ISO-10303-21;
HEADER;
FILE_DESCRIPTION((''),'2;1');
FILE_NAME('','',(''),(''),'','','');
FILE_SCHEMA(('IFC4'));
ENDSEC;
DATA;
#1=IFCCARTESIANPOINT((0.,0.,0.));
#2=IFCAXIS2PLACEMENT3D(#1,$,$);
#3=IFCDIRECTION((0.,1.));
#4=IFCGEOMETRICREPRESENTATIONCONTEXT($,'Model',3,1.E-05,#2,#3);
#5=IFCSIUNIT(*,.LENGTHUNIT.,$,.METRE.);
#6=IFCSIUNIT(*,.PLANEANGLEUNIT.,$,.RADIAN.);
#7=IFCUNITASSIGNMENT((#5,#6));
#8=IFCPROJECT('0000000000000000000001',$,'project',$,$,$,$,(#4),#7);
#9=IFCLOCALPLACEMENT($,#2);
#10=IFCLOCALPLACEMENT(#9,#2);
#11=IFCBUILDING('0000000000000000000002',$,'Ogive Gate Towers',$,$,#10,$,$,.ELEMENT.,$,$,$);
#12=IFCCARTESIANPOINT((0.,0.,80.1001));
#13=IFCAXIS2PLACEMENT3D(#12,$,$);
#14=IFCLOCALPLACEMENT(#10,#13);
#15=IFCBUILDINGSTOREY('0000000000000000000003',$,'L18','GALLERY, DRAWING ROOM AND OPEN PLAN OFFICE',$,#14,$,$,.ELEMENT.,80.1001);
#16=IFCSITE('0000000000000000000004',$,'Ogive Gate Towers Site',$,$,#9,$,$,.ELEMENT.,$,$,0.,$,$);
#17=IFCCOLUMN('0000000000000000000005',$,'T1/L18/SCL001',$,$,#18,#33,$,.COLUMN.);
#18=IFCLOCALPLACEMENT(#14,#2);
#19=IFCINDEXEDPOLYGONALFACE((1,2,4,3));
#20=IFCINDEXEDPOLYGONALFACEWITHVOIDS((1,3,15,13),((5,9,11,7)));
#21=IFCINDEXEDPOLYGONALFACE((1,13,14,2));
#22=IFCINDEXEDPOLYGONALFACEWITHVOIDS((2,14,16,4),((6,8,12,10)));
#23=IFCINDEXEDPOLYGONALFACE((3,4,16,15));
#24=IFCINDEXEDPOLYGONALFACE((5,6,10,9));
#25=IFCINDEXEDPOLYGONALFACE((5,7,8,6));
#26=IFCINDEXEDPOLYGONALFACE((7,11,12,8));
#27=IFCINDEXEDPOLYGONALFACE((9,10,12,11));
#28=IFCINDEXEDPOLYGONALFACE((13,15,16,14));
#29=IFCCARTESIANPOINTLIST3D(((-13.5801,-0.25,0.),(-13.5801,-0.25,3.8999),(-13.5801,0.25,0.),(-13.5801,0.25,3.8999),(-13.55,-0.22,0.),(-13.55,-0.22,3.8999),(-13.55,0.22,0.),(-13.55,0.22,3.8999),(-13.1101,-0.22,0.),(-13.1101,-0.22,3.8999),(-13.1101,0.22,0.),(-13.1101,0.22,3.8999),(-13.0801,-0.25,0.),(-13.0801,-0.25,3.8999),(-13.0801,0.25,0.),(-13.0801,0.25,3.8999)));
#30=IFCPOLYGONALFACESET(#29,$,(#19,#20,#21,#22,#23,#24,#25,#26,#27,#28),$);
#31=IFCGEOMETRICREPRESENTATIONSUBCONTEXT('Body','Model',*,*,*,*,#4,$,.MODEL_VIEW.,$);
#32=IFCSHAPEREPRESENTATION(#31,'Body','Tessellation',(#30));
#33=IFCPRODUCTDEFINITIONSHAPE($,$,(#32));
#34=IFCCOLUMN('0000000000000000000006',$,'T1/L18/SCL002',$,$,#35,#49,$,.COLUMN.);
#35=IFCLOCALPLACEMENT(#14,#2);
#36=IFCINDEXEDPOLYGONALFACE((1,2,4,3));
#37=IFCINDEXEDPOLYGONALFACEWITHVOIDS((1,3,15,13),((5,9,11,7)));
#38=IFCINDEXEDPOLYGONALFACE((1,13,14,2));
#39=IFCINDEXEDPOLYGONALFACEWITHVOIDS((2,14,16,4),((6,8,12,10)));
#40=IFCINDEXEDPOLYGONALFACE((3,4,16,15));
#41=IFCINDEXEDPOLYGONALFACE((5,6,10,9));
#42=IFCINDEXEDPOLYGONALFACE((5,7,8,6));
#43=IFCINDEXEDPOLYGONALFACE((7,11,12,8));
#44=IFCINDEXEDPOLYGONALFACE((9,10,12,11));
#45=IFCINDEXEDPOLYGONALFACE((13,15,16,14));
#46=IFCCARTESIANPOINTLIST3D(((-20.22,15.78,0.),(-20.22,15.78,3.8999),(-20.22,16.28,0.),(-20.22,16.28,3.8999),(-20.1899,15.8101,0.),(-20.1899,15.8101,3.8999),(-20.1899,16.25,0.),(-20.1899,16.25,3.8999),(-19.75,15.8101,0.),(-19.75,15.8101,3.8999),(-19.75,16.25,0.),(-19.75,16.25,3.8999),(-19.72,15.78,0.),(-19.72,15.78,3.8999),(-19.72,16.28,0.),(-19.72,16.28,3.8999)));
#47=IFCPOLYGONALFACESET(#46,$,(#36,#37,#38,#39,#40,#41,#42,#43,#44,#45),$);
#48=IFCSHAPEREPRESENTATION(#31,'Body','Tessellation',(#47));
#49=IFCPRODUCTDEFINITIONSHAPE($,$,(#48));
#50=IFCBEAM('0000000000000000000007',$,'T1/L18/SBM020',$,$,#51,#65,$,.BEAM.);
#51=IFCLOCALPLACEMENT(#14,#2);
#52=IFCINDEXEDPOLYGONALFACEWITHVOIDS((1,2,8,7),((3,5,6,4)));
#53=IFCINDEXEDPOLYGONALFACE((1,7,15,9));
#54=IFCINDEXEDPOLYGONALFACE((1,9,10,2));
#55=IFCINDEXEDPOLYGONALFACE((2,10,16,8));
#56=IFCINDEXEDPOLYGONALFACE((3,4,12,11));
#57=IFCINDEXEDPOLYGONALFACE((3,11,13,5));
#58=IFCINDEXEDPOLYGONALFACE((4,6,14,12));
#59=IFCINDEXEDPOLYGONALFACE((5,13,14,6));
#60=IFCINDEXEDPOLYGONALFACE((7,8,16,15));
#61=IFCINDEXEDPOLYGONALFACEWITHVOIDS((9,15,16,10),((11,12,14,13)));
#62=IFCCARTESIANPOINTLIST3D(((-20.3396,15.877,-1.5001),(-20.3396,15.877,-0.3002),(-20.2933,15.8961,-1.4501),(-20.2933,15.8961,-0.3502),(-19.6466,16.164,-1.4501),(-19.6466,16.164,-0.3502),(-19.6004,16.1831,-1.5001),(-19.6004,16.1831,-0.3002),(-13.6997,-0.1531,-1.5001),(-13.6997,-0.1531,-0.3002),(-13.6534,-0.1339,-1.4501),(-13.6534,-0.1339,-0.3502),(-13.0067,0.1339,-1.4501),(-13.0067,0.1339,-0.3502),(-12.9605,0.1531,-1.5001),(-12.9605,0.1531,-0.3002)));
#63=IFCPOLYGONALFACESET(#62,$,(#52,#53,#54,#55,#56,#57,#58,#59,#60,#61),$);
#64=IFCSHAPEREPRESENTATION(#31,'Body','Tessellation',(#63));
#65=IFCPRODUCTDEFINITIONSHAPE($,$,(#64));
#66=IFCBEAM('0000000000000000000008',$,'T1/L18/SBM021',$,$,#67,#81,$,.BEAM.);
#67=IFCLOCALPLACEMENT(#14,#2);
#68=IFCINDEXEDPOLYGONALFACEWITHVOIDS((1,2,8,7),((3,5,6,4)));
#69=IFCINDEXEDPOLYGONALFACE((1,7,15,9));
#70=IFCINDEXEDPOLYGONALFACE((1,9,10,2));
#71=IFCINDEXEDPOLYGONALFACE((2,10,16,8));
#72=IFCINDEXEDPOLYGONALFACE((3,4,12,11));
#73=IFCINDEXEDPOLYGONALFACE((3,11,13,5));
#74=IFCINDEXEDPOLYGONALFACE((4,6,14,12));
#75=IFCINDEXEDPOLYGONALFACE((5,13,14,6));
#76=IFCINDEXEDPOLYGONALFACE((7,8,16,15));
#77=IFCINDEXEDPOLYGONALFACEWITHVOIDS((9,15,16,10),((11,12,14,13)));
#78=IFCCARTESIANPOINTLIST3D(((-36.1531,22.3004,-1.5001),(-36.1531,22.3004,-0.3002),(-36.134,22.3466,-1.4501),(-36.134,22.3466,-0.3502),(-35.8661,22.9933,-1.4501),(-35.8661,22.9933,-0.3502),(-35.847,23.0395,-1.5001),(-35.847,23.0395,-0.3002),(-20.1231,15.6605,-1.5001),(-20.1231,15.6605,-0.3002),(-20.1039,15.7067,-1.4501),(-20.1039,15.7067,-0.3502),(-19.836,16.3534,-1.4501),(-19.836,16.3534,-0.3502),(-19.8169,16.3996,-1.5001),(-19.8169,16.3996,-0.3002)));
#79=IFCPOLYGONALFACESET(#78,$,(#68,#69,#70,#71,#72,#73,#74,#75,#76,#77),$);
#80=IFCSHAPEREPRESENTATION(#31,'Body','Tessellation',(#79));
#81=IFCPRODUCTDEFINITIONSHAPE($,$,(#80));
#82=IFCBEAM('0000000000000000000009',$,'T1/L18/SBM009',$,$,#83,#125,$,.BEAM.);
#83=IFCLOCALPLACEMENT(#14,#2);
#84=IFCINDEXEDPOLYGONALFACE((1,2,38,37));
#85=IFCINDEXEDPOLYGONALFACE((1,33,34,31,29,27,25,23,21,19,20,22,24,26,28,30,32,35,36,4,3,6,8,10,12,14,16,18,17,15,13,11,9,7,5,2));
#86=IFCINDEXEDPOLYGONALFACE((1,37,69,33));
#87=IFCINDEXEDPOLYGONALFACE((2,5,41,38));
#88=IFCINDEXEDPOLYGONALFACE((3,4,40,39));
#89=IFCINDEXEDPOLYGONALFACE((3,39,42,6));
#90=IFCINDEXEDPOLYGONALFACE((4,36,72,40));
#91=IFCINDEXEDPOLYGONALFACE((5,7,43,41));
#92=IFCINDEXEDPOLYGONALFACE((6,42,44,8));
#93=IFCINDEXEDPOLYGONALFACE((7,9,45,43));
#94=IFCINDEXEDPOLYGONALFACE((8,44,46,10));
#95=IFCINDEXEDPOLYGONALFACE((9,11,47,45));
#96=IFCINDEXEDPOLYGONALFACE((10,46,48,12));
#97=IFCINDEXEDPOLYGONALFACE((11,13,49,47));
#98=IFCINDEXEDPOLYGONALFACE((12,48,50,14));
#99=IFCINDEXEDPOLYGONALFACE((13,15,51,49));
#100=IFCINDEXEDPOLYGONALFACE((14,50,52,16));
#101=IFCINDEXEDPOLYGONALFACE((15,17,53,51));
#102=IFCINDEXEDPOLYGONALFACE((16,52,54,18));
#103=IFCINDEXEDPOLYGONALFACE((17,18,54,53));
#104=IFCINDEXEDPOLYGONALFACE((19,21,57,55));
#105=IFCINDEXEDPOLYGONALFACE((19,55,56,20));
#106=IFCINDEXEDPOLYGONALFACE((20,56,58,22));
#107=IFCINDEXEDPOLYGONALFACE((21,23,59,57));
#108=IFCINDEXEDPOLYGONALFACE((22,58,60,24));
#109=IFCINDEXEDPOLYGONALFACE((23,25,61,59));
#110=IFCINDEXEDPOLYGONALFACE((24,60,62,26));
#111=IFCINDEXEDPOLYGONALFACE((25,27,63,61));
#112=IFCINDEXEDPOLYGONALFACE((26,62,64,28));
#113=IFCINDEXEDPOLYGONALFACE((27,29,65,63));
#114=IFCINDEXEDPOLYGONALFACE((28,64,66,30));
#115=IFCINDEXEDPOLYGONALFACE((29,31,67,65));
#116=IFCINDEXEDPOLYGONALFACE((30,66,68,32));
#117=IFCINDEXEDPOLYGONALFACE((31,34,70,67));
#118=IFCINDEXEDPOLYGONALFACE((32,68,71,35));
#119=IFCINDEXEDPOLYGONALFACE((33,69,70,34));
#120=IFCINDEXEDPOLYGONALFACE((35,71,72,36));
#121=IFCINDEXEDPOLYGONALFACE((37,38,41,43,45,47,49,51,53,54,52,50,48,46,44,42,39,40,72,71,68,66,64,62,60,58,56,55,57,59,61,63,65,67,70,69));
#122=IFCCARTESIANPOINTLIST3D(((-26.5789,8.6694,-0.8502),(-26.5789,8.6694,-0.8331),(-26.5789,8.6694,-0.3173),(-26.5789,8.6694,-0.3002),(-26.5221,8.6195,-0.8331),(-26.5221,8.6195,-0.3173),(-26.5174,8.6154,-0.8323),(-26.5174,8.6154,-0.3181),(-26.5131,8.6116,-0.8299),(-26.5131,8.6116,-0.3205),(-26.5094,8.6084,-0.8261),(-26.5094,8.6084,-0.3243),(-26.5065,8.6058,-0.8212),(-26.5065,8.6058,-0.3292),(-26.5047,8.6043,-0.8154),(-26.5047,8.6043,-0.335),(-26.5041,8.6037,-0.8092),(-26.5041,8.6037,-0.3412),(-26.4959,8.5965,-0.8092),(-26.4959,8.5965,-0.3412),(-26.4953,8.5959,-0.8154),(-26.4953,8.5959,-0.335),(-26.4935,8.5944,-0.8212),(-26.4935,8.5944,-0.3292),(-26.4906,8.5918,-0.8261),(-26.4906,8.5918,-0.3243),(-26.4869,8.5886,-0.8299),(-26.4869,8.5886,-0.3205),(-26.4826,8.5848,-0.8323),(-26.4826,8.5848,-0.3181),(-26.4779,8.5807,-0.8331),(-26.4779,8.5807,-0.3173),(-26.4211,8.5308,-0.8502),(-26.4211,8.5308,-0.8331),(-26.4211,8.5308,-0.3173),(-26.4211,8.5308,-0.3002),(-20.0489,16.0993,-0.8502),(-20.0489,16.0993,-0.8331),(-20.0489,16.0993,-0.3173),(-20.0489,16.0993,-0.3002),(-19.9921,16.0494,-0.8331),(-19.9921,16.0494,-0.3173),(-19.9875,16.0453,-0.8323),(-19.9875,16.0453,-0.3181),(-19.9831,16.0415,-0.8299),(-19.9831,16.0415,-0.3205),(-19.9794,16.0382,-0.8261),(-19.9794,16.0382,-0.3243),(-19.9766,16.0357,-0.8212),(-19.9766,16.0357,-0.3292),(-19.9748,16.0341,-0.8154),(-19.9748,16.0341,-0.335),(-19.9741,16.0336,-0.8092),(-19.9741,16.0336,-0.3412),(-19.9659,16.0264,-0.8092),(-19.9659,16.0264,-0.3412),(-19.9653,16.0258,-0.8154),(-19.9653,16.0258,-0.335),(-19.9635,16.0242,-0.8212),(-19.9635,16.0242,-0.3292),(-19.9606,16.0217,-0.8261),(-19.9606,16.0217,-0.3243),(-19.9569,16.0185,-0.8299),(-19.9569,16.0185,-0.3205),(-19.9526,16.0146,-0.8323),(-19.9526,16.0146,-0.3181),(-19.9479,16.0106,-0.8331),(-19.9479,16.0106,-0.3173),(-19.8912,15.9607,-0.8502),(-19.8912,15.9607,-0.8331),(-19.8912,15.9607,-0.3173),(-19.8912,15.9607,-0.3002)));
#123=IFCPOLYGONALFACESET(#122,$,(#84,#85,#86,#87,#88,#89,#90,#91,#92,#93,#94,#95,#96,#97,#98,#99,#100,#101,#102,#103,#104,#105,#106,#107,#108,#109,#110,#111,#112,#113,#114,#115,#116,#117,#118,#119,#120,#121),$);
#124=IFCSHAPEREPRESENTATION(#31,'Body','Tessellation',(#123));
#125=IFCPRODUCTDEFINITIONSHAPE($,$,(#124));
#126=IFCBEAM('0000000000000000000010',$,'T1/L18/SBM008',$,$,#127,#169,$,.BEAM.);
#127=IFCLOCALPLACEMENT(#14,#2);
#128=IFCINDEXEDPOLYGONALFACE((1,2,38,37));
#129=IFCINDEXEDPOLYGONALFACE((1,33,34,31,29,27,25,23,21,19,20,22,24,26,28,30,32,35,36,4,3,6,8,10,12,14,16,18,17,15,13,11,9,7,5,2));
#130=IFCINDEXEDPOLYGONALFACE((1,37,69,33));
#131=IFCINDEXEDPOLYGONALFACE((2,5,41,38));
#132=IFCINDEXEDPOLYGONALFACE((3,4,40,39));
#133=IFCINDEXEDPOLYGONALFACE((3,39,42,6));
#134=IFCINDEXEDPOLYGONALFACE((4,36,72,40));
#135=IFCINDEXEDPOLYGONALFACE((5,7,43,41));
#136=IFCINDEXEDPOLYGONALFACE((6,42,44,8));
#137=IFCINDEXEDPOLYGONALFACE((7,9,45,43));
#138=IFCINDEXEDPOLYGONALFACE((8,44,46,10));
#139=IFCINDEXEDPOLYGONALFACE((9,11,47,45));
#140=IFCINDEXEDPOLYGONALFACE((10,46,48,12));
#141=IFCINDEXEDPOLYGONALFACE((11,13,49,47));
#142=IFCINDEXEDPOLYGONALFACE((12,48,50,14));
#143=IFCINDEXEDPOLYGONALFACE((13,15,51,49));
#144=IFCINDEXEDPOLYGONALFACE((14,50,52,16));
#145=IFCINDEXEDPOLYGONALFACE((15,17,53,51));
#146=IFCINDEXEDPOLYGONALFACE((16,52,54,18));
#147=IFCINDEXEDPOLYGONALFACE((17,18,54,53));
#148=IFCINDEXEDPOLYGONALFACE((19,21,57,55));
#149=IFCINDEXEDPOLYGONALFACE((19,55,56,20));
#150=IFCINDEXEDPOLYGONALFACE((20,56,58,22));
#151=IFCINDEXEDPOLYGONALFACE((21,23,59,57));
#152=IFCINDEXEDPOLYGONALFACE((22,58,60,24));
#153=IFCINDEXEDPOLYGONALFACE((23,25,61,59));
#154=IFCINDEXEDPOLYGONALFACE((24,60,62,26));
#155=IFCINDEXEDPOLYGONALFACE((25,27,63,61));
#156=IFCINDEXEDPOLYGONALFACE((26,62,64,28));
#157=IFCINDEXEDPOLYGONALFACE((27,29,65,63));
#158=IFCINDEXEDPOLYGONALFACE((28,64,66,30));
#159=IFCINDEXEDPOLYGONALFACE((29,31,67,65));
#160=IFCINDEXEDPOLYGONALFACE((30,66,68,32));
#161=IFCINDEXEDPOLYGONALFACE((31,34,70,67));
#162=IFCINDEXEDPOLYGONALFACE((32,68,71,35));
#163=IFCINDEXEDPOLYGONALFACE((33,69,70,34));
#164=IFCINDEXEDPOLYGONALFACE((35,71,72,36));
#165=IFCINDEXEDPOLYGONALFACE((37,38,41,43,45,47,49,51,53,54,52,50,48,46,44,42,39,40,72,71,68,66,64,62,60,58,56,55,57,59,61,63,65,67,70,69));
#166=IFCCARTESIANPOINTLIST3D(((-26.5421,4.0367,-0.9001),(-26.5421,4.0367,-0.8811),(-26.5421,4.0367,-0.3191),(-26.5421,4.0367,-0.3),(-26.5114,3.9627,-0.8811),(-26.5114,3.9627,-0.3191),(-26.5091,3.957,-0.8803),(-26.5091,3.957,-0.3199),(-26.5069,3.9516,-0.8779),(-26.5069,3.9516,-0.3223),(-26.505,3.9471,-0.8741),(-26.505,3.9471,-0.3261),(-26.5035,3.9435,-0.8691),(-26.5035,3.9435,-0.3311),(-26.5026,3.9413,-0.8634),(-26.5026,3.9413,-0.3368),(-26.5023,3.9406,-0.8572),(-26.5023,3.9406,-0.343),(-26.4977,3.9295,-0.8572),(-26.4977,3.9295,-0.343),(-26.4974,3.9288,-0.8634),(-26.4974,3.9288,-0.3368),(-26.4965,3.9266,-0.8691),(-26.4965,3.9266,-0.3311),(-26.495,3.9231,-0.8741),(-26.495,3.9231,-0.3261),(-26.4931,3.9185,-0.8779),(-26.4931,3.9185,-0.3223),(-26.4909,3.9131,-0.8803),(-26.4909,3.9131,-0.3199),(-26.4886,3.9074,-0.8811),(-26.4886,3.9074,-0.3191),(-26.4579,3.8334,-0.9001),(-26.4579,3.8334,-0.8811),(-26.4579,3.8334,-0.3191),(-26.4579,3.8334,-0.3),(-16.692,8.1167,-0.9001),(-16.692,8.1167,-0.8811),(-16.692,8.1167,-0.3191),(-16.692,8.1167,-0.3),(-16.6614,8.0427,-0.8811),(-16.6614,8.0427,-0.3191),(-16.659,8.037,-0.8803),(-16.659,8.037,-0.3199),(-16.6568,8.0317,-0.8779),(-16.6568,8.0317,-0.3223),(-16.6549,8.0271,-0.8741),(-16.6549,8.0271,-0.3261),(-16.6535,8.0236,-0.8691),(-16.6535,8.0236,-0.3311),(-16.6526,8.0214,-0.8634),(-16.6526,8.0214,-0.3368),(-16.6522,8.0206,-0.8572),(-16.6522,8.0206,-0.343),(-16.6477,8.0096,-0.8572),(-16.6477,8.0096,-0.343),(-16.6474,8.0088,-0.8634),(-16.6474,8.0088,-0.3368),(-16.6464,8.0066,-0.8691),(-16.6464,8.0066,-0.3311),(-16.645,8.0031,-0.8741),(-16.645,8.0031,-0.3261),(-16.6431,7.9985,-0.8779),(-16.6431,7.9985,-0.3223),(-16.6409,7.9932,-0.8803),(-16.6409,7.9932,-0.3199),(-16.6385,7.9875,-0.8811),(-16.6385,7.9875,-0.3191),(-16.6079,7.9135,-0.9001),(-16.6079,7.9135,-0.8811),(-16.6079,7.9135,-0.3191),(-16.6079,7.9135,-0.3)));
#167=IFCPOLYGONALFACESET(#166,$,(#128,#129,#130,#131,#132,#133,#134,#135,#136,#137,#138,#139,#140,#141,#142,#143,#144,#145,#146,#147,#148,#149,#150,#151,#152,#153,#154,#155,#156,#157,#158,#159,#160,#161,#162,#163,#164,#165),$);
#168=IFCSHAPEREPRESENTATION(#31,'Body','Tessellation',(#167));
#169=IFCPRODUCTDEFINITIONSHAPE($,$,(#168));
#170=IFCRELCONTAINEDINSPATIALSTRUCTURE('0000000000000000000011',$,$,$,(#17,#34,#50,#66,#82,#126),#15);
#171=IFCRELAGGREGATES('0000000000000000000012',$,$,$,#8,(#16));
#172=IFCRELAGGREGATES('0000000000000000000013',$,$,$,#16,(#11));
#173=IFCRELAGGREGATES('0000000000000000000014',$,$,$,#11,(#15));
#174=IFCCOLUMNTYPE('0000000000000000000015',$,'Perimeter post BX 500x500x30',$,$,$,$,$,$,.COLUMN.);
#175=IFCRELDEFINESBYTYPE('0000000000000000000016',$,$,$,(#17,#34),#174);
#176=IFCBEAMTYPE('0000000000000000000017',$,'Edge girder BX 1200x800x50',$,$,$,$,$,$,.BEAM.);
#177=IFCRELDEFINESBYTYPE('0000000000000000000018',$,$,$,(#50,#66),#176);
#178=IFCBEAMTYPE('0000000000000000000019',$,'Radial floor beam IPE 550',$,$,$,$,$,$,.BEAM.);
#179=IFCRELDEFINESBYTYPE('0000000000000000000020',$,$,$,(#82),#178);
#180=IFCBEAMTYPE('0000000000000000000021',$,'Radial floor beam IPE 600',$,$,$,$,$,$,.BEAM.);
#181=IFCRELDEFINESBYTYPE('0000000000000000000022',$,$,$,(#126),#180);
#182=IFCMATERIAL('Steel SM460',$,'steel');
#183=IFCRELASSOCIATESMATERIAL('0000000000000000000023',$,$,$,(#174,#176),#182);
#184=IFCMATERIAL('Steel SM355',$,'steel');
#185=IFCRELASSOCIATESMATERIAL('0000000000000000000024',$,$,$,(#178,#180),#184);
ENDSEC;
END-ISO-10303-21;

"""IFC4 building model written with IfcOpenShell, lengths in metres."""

from ifc_helpers import new_model, si_unit, direction, frame, origin, origin_2d, place, context, subcontext, project, spatial, hollow_rectangle, i_section, extrude, material, material_profile, profile_set, type_object, element, save


model = new_model("IFC4")

# Units and contexts
model_context = context("Model", 3, precision=1e-05, world=origin(), true_north=direction((0.0, 1.0)))
body_context = subcontext(model_context, "Body", "Model", "MODEL_VIEW")
ifc_project = project(units=[si_unit("LENGTHUNIT", "METRE"), si_unit("PLANEANGLEUNIT", "RADIAN")], contexts=[model_context])

# Site, building, storey
site_placement = place(None, origin())
site = spatial("IfcSite", under=ifc_project, at=site_placement, Name="Ogive Gate Towers Site", CompositionType="ELEMENT", RefElevation=0.0)
building_placement = place(site_placement, origin())
building = spatial("IfcBuilding", under=site, at=building_placement, Name="Ogive Gate Towers", CompositionType="ELEMENT")
storey_placement = place(building_placement, frame((0.0, 0.0, 80.1001)))
storey = spatial("IfcBuildingStorey", under=building, at=storey_placement, Name="L18", Description="GALLERY, DRAWING ROOM AND OPEN PLAN OFFICE", CompositionType="ELEMENT", Elevation=80.1001)

# Columns
ifc_material_1 = material(Name="Steel SM460", Category="steel")
ifc_material_profile_1 = material_profile(ifc_material_1, hollow_rectangle(XDim=0.5, YDim=0.5, WallThickness=0.03, at=origin_2d()), Name="BX 500x500x30")
ifc_profile_set_1 = profile_set([ifc_material_profile_1], Name="Steel SM460")
column_type = type_object("IfcColumnType", Name="Perimeter post BX 500x500x30", PredefinedType="COLUMN", material=ifc_profile_set_1)
for number, where, z_axis, x_axis, name in (
    (1, (-13.3301, 0.0, 0.0), (0.0, 0.0, 1.0), (1.0, 0.0, 0.0), "T1/L18/SCL001"),
    (2, (-19.97, 16.03, 0.0), (0.0, 0.0, 1.0), (1.0, 0.0, 0.0), "T1/L18/SCL002"),
):
    element("IfcColumn", number, at=place(storey_placement, frame(where, z_axis=z_axis, x_axis=x_axis)), inside=storey, type_object=column_type, Name=name, PredefinedType="COLUMN", context=body_context, shape_type="SweptSolid", body=[
        extrude(hollow_rectangle(XDim=0.5, YDim=0.5, WallThickness=0.03, at=origin_2d()), origin(), (0.0, 0.0, 1.0), 3.8999),
    ])

# Beams
ifc_material_profile_2 = material_profile(ifc_material_1, hollow_rectangle(XDim=0.8, YDim=1.2, WallThickness=0.05, at=origin_2d()), Name="BX 1200x800x50")
ifc_profile_set_2 = profile_set([ifc_material_profile_2], Name="Steel SM460")
beam_type_1 = type_object("IfcBeamType", Name="Edge girder BX 1200x800x50", PredefinedType="BEAM", material=ifc_profile_set_2)
for number, where, z_axis, x_axis, name in (
    (3, (-13.3301, 0.0, -0.9001), (-0.382685, 0.923879, 0.0), (-0.923879, -0.382685, 0.0), "T1/L18/SBM020"),
    (4, (-19.97, 16.03, -0.9001), (-0.923879, 0.382685, 0.0), (-0.382685, -0.923879, 0.0), "T1/L18/SBM021"),
):
    element("IfcBeam", number, at=place(storey_placement, frame(where, z_axis=z_axis, x_axis=x_axis)), inside=storey, type_object=beam_type_1, Name=name, PredefinedType="BEAM", context=body_context, shape_type="SweptSolid", body=[
        extrude(hollow_rectangle(XDim=0.8, YDim=1.2, WallThickness=0.05, at=origin_2d()), origin(), (0.0, 0.0, 1.0), 17.3508),
    ])
ifc_material_2 = material(Name="Steel SM355", Category="steel")
ifc_material_profile_3 = material_profile(ifc_material_2, i_section(OverallWidth=0.21, OverallDepth=0.55, WebThickness=0.011, FlangeThickness=0.0171, FilletRadius=0.0239, at=origin_2d()), Name="IPE 550")
ifc_profile_set_3 = profile_set([ifc_material_profile_3], Name="Steel SM355")
beam_type_2 = type_object("IfcBeamType", Name="Radial floor beam IPE 550", PredefinedType="BEAM", material=ifc_profile_set_3)
beam_placement = place(storey_placement, frame((-26.5, 8.6001, -0.5752), z_axis=(0.660154, 0.75113, 0.0), x_axis=(-0.75113, 0.660154, 0.0)))
element("IfcBeam", 5, at=beam_placement, inside=storey, type_object=beam_type_2, Name="T1/L18/SBM009", PredefinedType="BEAM", context=body_context, shape_type="SweptSolid", body=[
    extrude(i_section(OverallWidth=0.21, OverallDepth=0.55, WebThickness=0.011, FlangeThickness=0.0171, FilletRadius=0.0239, at=origin_2d()), origin(), (0.0, 0.0, 1.0), 9.8916),
])
ifc_material_profile_4 = material_profile(ifc_material_2, i_section(OverallWidth=0.22, OverallDepth=0.6001, WebThickness=0.012, FlangeThickness=0.019, FilletRadius=0.0239, at=origin_2d()), Name="IPE 600")
ifc_profile_set_4 = profile_set([ifc_material_profile_4], Name="Steel SM355")
beam_type_3 = type_object("IfcBeamType", Name="Radial floor beam IPE 600", PredefinedType="BEAM", material=ifc_profile_set_4)
for number, where, z_axis, x_axis, name in (
    (6, (-26.5, 3.9351, -0.6001), (0.923878, 0.382686, 0.0), (-0.382686, 0.923878, 0.0), "T1/L18/SBM008"),
):
    element("IfcBeam", number, at=place(storey_placement, frame(where, z_axis=z_axis, x_axis=x_axis)), inside=storey, type_object=beam_type_3, Name=name, PredefinedType="BEAM", context=body_context, shape_type="SweptSolid", body=[
        extrude(i_section(OverallWidth=0.22, OverallDepth=0.6001, WebThickness=0.012, FlangeThickness=0.019, FilletRadius=0.0239, at=origin_2d()), origin(), (0.0, 0.0, 1.0), 10.6616),
    ])

save(model, "model.ifc")
